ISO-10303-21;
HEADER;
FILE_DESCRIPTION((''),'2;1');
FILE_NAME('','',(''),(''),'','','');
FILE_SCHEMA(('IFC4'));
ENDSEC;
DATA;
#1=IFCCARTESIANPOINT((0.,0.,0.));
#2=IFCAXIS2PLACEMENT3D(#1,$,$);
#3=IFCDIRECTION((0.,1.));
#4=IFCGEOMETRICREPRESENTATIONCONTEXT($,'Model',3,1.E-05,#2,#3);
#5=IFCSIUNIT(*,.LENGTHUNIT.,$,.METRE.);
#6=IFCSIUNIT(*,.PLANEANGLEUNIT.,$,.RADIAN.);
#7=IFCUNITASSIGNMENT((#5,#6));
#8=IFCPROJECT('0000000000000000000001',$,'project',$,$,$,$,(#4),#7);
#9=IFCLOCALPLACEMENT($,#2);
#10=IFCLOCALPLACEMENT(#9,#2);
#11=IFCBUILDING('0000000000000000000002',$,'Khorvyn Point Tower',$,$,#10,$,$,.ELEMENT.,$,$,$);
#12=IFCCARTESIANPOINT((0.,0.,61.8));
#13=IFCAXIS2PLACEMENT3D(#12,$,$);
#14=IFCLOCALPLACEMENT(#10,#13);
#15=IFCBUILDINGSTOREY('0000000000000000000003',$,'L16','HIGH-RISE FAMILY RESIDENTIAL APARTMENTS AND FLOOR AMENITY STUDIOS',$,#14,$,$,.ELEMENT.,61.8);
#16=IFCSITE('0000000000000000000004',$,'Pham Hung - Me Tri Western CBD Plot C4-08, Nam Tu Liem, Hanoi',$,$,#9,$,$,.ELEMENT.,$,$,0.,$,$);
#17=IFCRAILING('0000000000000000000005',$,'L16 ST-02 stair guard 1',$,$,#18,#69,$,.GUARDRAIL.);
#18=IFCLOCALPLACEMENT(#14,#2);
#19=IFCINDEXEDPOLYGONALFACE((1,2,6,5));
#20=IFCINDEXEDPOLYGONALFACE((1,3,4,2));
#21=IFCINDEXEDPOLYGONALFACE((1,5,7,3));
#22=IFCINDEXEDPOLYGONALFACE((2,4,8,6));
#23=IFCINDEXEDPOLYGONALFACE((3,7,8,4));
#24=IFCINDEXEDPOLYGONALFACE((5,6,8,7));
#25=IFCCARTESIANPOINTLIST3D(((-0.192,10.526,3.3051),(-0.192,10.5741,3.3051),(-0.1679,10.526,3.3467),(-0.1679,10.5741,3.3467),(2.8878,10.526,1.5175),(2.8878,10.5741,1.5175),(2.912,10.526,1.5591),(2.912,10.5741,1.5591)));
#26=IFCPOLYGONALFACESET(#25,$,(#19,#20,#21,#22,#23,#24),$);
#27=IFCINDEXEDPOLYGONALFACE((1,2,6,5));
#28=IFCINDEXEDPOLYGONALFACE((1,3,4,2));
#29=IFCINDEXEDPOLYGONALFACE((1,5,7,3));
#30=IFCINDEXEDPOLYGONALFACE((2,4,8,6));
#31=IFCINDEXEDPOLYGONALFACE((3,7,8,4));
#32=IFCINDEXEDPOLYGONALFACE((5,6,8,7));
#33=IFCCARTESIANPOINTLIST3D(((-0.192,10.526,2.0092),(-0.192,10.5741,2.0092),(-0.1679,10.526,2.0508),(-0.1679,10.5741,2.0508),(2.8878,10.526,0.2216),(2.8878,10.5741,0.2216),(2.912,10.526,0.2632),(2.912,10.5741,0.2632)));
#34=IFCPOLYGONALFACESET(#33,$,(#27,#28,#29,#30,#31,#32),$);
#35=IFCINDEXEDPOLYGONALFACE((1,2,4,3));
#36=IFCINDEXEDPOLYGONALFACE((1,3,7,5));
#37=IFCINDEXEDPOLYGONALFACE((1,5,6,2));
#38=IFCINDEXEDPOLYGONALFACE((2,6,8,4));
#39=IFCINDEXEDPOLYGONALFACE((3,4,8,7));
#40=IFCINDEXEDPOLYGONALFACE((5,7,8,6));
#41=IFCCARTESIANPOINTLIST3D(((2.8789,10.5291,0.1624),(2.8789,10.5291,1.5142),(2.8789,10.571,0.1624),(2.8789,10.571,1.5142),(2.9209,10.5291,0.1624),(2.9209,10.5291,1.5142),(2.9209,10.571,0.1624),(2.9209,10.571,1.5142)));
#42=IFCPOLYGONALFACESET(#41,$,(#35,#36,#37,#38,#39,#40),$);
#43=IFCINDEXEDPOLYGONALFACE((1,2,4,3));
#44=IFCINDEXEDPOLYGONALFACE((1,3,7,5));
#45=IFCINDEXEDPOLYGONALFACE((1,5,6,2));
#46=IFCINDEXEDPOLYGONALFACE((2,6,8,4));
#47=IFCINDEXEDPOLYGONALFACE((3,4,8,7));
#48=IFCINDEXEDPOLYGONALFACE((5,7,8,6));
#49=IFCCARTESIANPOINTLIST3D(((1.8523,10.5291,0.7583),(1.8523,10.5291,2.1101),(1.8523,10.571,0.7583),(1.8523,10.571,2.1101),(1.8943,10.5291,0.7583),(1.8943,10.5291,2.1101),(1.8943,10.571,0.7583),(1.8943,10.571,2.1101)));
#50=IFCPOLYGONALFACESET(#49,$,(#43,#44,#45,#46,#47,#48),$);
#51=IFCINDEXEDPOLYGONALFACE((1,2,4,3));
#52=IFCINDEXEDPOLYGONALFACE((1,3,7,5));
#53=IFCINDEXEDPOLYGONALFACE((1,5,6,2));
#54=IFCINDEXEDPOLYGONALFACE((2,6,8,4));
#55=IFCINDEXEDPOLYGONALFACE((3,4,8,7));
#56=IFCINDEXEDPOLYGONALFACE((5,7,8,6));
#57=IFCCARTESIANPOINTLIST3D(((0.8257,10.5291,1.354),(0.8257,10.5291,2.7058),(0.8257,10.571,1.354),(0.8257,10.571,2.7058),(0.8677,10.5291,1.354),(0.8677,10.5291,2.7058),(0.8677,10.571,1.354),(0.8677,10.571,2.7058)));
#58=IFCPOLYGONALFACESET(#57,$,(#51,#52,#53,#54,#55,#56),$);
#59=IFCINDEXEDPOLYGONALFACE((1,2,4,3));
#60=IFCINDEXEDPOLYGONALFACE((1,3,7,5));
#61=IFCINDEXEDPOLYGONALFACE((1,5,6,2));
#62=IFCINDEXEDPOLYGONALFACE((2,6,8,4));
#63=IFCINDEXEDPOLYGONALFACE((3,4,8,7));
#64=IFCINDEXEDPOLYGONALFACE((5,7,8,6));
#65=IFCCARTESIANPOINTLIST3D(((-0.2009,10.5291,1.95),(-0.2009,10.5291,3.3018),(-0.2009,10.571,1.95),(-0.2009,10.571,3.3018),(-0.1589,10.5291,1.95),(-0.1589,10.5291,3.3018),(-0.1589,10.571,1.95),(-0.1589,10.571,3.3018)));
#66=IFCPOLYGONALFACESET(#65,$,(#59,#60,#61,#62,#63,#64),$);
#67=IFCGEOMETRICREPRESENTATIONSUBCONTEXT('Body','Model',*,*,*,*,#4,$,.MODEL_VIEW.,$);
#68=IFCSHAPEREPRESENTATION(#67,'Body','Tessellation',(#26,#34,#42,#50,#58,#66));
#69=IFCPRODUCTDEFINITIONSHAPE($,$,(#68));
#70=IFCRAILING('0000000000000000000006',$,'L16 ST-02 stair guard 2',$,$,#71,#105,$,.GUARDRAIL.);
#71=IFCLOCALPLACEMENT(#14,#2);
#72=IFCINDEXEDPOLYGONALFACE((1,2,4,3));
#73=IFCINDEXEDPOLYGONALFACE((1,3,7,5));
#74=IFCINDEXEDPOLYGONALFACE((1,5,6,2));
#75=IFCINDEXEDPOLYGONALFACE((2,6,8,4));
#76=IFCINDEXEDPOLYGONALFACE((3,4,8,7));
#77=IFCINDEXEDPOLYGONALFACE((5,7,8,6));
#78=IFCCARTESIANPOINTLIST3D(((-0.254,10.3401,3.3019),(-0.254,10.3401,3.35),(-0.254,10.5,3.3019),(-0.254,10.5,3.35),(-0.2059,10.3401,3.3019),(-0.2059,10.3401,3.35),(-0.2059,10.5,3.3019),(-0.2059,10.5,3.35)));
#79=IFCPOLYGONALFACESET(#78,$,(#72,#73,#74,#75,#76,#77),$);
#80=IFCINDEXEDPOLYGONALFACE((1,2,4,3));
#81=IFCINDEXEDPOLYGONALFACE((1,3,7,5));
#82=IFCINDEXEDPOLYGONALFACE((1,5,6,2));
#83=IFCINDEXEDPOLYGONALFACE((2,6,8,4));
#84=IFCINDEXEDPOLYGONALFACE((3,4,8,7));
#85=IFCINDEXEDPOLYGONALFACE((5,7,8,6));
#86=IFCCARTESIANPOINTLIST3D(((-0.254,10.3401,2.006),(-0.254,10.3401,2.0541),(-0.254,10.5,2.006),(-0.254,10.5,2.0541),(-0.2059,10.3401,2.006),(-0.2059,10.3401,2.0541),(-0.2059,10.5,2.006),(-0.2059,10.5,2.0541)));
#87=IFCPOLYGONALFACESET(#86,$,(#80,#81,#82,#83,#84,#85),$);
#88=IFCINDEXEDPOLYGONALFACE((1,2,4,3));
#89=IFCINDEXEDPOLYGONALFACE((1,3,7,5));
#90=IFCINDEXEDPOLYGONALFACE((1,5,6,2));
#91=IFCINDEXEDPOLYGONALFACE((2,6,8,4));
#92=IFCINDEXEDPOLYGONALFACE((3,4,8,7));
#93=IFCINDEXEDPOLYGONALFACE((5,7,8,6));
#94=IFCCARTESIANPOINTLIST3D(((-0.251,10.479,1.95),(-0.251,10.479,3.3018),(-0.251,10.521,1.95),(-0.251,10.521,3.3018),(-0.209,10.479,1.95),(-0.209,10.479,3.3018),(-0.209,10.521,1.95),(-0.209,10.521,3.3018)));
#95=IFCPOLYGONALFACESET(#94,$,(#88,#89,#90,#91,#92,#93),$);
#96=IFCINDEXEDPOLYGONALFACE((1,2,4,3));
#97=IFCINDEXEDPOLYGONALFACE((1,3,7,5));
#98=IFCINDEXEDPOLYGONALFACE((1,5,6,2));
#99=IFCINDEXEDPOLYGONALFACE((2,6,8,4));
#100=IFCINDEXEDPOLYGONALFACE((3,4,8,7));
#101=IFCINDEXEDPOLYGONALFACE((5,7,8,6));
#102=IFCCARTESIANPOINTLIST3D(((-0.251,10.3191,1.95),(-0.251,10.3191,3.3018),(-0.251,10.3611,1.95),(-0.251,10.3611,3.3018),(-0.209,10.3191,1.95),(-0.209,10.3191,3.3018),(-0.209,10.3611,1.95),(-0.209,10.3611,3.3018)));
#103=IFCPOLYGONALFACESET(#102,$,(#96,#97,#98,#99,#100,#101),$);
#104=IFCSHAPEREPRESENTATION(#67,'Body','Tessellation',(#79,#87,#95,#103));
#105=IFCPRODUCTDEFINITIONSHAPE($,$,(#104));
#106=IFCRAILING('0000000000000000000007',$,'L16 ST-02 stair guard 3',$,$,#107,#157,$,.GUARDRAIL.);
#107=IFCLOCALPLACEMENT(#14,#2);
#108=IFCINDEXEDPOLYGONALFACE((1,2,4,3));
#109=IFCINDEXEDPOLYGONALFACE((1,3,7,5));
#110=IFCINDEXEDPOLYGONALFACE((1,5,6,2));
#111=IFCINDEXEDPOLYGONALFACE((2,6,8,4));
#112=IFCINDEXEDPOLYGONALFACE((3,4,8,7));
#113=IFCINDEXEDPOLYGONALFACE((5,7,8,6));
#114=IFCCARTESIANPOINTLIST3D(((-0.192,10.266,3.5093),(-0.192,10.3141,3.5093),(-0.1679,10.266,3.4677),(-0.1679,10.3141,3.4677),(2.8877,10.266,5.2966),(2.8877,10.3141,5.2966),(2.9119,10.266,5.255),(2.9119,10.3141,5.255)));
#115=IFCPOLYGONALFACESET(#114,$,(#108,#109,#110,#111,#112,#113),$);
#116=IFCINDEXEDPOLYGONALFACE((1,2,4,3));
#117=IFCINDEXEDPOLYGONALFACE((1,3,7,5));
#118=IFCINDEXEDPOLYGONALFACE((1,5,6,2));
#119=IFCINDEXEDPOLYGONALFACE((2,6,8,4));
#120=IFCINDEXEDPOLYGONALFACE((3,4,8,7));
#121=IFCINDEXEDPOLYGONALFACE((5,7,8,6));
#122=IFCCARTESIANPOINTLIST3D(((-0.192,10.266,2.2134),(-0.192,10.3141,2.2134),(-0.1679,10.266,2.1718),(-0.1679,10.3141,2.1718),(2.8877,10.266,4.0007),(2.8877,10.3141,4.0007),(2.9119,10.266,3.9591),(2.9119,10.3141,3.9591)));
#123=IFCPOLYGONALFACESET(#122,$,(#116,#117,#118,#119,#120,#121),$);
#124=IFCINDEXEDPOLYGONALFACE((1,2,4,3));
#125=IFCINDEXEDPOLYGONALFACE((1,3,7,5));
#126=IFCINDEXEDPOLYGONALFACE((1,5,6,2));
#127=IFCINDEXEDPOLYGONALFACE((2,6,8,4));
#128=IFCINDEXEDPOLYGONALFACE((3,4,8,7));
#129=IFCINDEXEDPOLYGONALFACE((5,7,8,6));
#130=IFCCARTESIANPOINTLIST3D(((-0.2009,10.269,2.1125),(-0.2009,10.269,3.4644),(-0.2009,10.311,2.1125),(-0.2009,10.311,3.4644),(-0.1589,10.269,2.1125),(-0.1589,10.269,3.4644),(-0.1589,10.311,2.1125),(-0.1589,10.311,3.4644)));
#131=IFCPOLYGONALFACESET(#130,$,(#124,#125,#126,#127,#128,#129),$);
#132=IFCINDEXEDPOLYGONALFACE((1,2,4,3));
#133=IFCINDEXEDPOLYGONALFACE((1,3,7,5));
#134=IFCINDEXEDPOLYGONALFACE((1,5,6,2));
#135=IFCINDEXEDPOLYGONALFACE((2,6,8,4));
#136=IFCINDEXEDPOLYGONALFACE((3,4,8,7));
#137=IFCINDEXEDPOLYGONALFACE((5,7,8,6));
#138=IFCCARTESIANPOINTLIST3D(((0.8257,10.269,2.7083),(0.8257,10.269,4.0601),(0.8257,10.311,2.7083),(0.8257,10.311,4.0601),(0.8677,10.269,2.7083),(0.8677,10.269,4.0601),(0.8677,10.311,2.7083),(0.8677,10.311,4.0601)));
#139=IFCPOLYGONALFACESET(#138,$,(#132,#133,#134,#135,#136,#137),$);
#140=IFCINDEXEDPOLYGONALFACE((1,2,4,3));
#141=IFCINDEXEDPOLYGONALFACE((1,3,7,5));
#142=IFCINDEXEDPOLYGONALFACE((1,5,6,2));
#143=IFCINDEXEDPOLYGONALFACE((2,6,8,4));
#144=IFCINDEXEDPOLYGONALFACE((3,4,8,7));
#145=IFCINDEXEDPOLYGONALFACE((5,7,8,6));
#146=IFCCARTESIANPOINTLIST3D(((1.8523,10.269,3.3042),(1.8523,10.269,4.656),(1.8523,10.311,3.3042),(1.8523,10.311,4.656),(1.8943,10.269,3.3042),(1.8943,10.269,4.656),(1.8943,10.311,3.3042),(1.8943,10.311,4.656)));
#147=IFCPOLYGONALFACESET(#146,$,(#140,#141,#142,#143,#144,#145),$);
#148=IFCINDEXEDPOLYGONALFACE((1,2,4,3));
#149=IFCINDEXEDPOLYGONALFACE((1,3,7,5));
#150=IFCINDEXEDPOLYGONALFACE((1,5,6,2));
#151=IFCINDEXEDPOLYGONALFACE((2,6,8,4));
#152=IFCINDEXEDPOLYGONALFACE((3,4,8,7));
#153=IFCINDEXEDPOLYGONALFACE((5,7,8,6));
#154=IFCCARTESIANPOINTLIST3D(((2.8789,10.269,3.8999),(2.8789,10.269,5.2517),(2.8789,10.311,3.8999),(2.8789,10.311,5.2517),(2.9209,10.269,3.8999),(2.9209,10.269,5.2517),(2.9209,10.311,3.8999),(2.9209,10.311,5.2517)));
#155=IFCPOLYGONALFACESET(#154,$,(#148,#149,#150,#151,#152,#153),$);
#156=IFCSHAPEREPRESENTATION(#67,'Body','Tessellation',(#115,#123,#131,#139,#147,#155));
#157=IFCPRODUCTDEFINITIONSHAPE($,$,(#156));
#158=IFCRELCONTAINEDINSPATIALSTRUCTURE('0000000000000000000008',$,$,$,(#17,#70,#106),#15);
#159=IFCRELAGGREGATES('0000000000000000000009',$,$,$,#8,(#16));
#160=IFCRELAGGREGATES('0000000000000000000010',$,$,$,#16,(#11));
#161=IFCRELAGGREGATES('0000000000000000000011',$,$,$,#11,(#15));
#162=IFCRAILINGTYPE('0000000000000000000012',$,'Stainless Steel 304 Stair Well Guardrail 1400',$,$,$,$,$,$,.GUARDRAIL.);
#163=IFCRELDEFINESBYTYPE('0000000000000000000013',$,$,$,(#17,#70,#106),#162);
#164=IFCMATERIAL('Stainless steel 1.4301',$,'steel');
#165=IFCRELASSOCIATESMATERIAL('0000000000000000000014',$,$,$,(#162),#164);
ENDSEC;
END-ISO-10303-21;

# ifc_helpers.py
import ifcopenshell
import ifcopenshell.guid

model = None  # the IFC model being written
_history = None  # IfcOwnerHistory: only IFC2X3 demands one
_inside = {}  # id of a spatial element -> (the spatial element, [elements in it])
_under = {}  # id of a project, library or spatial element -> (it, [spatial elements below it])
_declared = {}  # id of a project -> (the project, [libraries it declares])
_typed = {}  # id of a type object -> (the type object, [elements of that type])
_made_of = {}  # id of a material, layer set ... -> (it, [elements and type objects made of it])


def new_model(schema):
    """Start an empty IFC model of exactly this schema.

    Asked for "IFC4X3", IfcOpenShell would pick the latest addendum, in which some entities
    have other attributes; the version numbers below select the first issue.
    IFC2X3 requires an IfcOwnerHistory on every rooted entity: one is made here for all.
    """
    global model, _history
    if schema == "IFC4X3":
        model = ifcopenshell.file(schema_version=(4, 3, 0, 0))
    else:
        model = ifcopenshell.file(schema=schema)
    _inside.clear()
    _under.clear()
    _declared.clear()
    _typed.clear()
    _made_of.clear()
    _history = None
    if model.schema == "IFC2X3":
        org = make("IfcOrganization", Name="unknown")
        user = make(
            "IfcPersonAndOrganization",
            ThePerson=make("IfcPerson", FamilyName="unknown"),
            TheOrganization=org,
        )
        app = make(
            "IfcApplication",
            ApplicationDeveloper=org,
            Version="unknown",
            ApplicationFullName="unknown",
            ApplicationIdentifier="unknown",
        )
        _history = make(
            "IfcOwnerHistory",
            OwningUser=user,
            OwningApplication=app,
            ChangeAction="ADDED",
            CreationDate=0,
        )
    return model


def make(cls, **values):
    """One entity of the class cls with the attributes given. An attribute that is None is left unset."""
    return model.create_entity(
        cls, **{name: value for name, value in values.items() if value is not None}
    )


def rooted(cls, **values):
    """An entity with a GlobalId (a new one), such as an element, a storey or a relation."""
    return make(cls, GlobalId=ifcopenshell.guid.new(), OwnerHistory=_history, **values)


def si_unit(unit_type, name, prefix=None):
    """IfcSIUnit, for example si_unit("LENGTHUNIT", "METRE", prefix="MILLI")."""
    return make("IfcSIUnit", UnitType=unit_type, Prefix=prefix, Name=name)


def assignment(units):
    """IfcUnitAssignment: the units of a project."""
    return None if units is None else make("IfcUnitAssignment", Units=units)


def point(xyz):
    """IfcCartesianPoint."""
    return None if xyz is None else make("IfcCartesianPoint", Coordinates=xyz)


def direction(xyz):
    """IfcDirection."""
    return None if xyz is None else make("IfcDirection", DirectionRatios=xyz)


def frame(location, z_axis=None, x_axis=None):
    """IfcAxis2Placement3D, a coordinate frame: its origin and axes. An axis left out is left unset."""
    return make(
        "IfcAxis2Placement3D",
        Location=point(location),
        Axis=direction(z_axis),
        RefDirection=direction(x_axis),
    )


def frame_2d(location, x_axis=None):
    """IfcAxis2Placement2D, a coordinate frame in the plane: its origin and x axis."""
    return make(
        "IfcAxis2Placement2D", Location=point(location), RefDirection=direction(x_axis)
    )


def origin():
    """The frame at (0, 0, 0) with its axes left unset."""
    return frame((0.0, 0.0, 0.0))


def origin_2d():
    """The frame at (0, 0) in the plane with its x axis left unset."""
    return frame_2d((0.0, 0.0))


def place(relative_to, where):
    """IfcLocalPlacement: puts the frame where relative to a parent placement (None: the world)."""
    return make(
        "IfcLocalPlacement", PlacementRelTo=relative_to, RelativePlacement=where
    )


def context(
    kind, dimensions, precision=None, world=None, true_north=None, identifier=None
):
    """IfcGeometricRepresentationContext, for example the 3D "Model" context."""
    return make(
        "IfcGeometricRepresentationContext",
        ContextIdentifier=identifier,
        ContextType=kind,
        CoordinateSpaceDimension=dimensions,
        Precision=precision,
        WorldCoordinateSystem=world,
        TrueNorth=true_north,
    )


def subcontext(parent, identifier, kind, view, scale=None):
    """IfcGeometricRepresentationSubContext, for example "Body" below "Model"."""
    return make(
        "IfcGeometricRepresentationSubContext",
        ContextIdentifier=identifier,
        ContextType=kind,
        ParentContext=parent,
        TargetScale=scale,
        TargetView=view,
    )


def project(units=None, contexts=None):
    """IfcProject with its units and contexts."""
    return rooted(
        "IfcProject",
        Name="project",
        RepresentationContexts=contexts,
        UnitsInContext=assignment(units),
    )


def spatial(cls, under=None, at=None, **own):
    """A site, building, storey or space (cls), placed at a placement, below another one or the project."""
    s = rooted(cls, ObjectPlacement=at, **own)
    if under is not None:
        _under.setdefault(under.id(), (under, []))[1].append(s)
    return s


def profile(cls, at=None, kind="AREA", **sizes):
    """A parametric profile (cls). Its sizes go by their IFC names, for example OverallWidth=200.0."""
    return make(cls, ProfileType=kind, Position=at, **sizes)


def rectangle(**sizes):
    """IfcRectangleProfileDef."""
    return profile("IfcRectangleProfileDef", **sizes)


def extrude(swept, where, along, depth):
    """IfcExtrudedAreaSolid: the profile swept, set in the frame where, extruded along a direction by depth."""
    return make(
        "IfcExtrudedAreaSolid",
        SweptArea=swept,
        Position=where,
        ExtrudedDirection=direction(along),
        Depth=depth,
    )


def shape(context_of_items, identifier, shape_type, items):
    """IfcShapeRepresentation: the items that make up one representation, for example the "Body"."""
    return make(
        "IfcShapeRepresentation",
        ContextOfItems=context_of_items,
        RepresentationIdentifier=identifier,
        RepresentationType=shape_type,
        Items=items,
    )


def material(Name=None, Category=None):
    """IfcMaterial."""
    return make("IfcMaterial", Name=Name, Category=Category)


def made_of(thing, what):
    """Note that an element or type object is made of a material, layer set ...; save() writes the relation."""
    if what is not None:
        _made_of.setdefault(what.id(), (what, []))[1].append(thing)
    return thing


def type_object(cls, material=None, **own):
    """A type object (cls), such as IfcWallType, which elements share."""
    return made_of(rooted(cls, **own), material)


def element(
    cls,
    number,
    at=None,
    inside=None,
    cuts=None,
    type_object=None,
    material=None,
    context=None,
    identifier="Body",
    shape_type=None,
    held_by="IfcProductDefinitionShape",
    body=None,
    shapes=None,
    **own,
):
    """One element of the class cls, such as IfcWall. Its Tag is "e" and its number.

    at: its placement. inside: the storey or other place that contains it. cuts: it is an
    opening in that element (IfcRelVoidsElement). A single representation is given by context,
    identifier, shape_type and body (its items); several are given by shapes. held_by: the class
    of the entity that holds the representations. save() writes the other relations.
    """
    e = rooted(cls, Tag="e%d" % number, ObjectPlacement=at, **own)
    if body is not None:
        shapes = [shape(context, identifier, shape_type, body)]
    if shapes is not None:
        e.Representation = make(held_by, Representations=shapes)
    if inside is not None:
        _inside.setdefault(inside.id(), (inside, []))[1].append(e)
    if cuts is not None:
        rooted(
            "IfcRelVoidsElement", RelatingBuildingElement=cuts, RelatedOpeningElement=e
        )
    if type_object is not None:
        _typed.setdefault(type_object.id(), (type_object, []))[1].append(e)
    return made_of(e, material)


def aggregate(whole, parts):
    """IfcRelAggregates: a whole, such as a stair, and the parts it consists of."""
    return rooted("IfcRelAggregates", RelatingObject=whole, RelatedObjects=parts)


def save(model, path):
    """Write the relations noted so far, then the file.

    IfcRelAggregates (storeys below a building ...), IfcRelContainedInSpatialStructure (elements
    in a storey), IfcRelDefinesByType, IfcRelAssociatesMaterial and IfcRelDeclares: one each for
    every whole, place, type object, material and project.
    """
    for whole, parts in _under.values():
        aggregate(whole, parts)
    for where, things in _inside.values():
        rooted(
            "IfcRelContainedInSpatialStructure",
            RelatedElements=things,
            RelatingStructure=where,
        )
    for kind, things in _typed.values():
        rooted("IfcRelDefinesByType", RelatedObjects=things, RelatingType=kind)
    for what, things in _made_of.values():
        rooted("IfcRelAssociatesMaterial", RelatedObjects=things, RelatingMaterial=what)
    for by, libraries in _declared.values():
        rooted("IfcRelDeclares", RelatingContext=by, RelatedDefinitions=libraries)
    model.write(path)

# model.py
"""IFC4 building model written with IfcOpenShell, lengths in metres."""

from ifc_helpers import new_model, si_unit, direction, frame, origin, origin_2d, place, context, subcontext, project, spatial, rectangle, extrude, material, type_object, element, save


model = new_model("IFC4")

# Units and contexts
model_context = context("Model", 3, precision=1e-05, world=origin(), true_north=direction((0.0, 1.0)))
body_context = subcontext(model_context, "Body", "Model", "MODEL_VIEW")
ifc_project = project(units=[si_unit("LENGTHUNIT", "METRE"), si_unit("PLANEANGLEUNIT", "RADIAN")], contexts=[model_context])

# Site, building, storey
site_placement = place(None, origin())
site = spatial("IfcSite", under=ifc_project, at=site_placement, Name="Pham Hung - Me Tri Western CBD Plot C4-08, Nam Tu Liem, Hanoi", CompositionType="ELEMENT", RefElevation=0.0)
building_placement = place(site_placement, origin())
building = spatial("IfcBuilding", under=site, at=building_placement, Name="Khorvyn Point Tower", CompositionType="ELEMENT")
storey_placement = place(building_placement, frame((0.0, 0.0, 61.8)))
storey = spatial("IfcBuildingStorey", under=building, at=storey_placement, Name="L16", Description="HIGH-RISE FAMILY RESIDENTIAL APARTMENTS AND FLOOR AMENITY STUDIOS", CompositionType="ELEMENT", Elevation=61.8)

# Shared definitions
ifc_material_1 = material(Name="Stainless steel 1.4301", Category="steel")

# Railings
railing_type_1 = type_object("IfcRailingType", Name="Stainless Steel 304 Stair Well Guardrail 1400", PredefinedType="GUARDRAIL", material=ifc_material_1)
railing_1_placement = place(storey_placement, frame((2.8999, 10.55, 0.1624)))
element("IfcRailing", 1, at=railing_1_placement, inside=storey, type_object=railing_type_1, Name="L16 ST-02 stair guard 1", PredefinedType="GUARDRAIL", context=body_context, shape_type="SweptSolid", body=[
    extrude(rectangle(XDim=0.0481, YDim=0.0481, at=origin_2d()), frame((0.0, 0.0, 1.376), z_axis=(-0.864873, 0.0, 0.50199), x_axis=(0.0, -1.0, 0.0)), (0.0, 0.0, 1.0), 3.561),
    extrude(rectangle(XDim=0.0481, YDim=0.0481, at=origin_2d()), frame((0.0, 0.0, 0.0801), z_axis=(-0.864873, 0.0, 0.50199), x_axis=(0.0, -1.0, 0.0)), (0.0, 0.0, 1.0), 3.561),
    extrude(rectangle(XDim=0.042, YDim=0.042, at=origin_2d()), origin(), (0.0, 0.0, 1.0), 1.3518),
    extrude(rectangle(XDim=0.042, YDim=0.042, at=origin_2d()), frame((-1.0266, 0.0, 0.5959)), (0.0, 0.0, 1.0), 1.3518),
    extrude(rectangle(XDim=0.042, YDim=0.042, at=origin_2d()), frame((-2.0532, 0.0, 1.1917)), (0.0, 0.0, 1.0), 1.3518),
    extrude(rectangle(XDim=0.042, YDim=0.042, at=origin_2d()), frame((-3.0798, 0.0, 1.7876)), (0.0, 0.0, 1.0), 1.3518),
])
railing_2_placement = place(storey_placement, frame((-0.23, 10.5, 1.95)))
element("IfcRailing", 2, at=railing_2_placement, inside=storey, type_object=railing_type_1, Name="L16 ST-02 stair guard 2", PredefinedType="GUARDRAIL", context=body_context, shape_type="SweptSolid", body=[
    extrude(rectangle(XDim=0.0481, YDim=0.0481, at=origin_2d()), frame((0.0, 0.0, 1.376), z_axis=(0.0, -1.0, 0.0), x_axis=(1.0, 0.0, 0.0)), (0.0, 0.0, 1.0), 0.1599),
    extrude(rectangle(XDim=0.0481, YDim=0.0481, at=origin_2d()), frame((0.0, 0.0, 0.0801), z_axis=(0.0, -1.0, 0.0), x_axis=(1.0, 0.0, 0.0)), (0.0, 0.0, 1.0), 0.1599),
    extrude(rectangle(XDim=0.042, YDim=0.042, at=origin_2d()), origin(), (0.0, 0.0, 1.0), 1.3518),
    extrude(rectangle(XDim=0.042, YDim=0.042, at=origin_2d()), frame((0.0, -0.1599, 0.0)), (0.0, 0.0, 1.0), 1.3518),
])
railing_3_placement = place(storey_placement, frame((-0.1799, 10.29, 2.1125)))
element("IfcRailing", 3, at=railing_3_placement, inside=storey, type_object=railing_type_1, Name="L16 ST-02 stair guard 3", PredefinedType="GUARDRAIL", context=body_context, shape_type="SweptSolid", body=[
    extrude(rectangle(XDim=0.0481, YDim=0.0481, at=origin_2d()), frame((0.0, 0.0, 1.376), z_axis=(0.864903, 0.0, 0.501939), x_axis=(0.0, 1.0, 0.0)), (0.0, 0.0, 1.0), 3.5608),
    extrude(rectangle(XDim=0.0481, YDim=0.0481, at=origin_2d()), frame((0.0, 0.0, 0.0801), z_axis=(0.864903, 0.0, 0.501939), x_axis=(0.0, 1.0, 0.0)), (0.0, 0.0, 1.0), 3.5608),
    extrude(rectangle(XDim=0.042, YDim=0.042, at=origin_2d()), origin(), (0.0, 0.0, 1.0), 1.3518),
    extrude(rectangle(XDim=0.042, YDim=0.042, at=origin_2d()), frame((1.0266, 0.0, 0.5957)), (0.0, 0.0, 1.0), 1.3518),
    extrude(rectangle(XDim=0.042, YDim=0.042, at=origin_2d()), frame((2.0532, 0.0, 1.1917)), (0.0, 0.0, 1.0), 1.3518),
    extrude(rectangle(XDim=0.042, YDim=0.042, at=origin_2d()), frame((3.0798, 0.0, 1.7874)), (0.0, 0.0, 1.0), 1.3518),
])

save(model, "model.ifc")
